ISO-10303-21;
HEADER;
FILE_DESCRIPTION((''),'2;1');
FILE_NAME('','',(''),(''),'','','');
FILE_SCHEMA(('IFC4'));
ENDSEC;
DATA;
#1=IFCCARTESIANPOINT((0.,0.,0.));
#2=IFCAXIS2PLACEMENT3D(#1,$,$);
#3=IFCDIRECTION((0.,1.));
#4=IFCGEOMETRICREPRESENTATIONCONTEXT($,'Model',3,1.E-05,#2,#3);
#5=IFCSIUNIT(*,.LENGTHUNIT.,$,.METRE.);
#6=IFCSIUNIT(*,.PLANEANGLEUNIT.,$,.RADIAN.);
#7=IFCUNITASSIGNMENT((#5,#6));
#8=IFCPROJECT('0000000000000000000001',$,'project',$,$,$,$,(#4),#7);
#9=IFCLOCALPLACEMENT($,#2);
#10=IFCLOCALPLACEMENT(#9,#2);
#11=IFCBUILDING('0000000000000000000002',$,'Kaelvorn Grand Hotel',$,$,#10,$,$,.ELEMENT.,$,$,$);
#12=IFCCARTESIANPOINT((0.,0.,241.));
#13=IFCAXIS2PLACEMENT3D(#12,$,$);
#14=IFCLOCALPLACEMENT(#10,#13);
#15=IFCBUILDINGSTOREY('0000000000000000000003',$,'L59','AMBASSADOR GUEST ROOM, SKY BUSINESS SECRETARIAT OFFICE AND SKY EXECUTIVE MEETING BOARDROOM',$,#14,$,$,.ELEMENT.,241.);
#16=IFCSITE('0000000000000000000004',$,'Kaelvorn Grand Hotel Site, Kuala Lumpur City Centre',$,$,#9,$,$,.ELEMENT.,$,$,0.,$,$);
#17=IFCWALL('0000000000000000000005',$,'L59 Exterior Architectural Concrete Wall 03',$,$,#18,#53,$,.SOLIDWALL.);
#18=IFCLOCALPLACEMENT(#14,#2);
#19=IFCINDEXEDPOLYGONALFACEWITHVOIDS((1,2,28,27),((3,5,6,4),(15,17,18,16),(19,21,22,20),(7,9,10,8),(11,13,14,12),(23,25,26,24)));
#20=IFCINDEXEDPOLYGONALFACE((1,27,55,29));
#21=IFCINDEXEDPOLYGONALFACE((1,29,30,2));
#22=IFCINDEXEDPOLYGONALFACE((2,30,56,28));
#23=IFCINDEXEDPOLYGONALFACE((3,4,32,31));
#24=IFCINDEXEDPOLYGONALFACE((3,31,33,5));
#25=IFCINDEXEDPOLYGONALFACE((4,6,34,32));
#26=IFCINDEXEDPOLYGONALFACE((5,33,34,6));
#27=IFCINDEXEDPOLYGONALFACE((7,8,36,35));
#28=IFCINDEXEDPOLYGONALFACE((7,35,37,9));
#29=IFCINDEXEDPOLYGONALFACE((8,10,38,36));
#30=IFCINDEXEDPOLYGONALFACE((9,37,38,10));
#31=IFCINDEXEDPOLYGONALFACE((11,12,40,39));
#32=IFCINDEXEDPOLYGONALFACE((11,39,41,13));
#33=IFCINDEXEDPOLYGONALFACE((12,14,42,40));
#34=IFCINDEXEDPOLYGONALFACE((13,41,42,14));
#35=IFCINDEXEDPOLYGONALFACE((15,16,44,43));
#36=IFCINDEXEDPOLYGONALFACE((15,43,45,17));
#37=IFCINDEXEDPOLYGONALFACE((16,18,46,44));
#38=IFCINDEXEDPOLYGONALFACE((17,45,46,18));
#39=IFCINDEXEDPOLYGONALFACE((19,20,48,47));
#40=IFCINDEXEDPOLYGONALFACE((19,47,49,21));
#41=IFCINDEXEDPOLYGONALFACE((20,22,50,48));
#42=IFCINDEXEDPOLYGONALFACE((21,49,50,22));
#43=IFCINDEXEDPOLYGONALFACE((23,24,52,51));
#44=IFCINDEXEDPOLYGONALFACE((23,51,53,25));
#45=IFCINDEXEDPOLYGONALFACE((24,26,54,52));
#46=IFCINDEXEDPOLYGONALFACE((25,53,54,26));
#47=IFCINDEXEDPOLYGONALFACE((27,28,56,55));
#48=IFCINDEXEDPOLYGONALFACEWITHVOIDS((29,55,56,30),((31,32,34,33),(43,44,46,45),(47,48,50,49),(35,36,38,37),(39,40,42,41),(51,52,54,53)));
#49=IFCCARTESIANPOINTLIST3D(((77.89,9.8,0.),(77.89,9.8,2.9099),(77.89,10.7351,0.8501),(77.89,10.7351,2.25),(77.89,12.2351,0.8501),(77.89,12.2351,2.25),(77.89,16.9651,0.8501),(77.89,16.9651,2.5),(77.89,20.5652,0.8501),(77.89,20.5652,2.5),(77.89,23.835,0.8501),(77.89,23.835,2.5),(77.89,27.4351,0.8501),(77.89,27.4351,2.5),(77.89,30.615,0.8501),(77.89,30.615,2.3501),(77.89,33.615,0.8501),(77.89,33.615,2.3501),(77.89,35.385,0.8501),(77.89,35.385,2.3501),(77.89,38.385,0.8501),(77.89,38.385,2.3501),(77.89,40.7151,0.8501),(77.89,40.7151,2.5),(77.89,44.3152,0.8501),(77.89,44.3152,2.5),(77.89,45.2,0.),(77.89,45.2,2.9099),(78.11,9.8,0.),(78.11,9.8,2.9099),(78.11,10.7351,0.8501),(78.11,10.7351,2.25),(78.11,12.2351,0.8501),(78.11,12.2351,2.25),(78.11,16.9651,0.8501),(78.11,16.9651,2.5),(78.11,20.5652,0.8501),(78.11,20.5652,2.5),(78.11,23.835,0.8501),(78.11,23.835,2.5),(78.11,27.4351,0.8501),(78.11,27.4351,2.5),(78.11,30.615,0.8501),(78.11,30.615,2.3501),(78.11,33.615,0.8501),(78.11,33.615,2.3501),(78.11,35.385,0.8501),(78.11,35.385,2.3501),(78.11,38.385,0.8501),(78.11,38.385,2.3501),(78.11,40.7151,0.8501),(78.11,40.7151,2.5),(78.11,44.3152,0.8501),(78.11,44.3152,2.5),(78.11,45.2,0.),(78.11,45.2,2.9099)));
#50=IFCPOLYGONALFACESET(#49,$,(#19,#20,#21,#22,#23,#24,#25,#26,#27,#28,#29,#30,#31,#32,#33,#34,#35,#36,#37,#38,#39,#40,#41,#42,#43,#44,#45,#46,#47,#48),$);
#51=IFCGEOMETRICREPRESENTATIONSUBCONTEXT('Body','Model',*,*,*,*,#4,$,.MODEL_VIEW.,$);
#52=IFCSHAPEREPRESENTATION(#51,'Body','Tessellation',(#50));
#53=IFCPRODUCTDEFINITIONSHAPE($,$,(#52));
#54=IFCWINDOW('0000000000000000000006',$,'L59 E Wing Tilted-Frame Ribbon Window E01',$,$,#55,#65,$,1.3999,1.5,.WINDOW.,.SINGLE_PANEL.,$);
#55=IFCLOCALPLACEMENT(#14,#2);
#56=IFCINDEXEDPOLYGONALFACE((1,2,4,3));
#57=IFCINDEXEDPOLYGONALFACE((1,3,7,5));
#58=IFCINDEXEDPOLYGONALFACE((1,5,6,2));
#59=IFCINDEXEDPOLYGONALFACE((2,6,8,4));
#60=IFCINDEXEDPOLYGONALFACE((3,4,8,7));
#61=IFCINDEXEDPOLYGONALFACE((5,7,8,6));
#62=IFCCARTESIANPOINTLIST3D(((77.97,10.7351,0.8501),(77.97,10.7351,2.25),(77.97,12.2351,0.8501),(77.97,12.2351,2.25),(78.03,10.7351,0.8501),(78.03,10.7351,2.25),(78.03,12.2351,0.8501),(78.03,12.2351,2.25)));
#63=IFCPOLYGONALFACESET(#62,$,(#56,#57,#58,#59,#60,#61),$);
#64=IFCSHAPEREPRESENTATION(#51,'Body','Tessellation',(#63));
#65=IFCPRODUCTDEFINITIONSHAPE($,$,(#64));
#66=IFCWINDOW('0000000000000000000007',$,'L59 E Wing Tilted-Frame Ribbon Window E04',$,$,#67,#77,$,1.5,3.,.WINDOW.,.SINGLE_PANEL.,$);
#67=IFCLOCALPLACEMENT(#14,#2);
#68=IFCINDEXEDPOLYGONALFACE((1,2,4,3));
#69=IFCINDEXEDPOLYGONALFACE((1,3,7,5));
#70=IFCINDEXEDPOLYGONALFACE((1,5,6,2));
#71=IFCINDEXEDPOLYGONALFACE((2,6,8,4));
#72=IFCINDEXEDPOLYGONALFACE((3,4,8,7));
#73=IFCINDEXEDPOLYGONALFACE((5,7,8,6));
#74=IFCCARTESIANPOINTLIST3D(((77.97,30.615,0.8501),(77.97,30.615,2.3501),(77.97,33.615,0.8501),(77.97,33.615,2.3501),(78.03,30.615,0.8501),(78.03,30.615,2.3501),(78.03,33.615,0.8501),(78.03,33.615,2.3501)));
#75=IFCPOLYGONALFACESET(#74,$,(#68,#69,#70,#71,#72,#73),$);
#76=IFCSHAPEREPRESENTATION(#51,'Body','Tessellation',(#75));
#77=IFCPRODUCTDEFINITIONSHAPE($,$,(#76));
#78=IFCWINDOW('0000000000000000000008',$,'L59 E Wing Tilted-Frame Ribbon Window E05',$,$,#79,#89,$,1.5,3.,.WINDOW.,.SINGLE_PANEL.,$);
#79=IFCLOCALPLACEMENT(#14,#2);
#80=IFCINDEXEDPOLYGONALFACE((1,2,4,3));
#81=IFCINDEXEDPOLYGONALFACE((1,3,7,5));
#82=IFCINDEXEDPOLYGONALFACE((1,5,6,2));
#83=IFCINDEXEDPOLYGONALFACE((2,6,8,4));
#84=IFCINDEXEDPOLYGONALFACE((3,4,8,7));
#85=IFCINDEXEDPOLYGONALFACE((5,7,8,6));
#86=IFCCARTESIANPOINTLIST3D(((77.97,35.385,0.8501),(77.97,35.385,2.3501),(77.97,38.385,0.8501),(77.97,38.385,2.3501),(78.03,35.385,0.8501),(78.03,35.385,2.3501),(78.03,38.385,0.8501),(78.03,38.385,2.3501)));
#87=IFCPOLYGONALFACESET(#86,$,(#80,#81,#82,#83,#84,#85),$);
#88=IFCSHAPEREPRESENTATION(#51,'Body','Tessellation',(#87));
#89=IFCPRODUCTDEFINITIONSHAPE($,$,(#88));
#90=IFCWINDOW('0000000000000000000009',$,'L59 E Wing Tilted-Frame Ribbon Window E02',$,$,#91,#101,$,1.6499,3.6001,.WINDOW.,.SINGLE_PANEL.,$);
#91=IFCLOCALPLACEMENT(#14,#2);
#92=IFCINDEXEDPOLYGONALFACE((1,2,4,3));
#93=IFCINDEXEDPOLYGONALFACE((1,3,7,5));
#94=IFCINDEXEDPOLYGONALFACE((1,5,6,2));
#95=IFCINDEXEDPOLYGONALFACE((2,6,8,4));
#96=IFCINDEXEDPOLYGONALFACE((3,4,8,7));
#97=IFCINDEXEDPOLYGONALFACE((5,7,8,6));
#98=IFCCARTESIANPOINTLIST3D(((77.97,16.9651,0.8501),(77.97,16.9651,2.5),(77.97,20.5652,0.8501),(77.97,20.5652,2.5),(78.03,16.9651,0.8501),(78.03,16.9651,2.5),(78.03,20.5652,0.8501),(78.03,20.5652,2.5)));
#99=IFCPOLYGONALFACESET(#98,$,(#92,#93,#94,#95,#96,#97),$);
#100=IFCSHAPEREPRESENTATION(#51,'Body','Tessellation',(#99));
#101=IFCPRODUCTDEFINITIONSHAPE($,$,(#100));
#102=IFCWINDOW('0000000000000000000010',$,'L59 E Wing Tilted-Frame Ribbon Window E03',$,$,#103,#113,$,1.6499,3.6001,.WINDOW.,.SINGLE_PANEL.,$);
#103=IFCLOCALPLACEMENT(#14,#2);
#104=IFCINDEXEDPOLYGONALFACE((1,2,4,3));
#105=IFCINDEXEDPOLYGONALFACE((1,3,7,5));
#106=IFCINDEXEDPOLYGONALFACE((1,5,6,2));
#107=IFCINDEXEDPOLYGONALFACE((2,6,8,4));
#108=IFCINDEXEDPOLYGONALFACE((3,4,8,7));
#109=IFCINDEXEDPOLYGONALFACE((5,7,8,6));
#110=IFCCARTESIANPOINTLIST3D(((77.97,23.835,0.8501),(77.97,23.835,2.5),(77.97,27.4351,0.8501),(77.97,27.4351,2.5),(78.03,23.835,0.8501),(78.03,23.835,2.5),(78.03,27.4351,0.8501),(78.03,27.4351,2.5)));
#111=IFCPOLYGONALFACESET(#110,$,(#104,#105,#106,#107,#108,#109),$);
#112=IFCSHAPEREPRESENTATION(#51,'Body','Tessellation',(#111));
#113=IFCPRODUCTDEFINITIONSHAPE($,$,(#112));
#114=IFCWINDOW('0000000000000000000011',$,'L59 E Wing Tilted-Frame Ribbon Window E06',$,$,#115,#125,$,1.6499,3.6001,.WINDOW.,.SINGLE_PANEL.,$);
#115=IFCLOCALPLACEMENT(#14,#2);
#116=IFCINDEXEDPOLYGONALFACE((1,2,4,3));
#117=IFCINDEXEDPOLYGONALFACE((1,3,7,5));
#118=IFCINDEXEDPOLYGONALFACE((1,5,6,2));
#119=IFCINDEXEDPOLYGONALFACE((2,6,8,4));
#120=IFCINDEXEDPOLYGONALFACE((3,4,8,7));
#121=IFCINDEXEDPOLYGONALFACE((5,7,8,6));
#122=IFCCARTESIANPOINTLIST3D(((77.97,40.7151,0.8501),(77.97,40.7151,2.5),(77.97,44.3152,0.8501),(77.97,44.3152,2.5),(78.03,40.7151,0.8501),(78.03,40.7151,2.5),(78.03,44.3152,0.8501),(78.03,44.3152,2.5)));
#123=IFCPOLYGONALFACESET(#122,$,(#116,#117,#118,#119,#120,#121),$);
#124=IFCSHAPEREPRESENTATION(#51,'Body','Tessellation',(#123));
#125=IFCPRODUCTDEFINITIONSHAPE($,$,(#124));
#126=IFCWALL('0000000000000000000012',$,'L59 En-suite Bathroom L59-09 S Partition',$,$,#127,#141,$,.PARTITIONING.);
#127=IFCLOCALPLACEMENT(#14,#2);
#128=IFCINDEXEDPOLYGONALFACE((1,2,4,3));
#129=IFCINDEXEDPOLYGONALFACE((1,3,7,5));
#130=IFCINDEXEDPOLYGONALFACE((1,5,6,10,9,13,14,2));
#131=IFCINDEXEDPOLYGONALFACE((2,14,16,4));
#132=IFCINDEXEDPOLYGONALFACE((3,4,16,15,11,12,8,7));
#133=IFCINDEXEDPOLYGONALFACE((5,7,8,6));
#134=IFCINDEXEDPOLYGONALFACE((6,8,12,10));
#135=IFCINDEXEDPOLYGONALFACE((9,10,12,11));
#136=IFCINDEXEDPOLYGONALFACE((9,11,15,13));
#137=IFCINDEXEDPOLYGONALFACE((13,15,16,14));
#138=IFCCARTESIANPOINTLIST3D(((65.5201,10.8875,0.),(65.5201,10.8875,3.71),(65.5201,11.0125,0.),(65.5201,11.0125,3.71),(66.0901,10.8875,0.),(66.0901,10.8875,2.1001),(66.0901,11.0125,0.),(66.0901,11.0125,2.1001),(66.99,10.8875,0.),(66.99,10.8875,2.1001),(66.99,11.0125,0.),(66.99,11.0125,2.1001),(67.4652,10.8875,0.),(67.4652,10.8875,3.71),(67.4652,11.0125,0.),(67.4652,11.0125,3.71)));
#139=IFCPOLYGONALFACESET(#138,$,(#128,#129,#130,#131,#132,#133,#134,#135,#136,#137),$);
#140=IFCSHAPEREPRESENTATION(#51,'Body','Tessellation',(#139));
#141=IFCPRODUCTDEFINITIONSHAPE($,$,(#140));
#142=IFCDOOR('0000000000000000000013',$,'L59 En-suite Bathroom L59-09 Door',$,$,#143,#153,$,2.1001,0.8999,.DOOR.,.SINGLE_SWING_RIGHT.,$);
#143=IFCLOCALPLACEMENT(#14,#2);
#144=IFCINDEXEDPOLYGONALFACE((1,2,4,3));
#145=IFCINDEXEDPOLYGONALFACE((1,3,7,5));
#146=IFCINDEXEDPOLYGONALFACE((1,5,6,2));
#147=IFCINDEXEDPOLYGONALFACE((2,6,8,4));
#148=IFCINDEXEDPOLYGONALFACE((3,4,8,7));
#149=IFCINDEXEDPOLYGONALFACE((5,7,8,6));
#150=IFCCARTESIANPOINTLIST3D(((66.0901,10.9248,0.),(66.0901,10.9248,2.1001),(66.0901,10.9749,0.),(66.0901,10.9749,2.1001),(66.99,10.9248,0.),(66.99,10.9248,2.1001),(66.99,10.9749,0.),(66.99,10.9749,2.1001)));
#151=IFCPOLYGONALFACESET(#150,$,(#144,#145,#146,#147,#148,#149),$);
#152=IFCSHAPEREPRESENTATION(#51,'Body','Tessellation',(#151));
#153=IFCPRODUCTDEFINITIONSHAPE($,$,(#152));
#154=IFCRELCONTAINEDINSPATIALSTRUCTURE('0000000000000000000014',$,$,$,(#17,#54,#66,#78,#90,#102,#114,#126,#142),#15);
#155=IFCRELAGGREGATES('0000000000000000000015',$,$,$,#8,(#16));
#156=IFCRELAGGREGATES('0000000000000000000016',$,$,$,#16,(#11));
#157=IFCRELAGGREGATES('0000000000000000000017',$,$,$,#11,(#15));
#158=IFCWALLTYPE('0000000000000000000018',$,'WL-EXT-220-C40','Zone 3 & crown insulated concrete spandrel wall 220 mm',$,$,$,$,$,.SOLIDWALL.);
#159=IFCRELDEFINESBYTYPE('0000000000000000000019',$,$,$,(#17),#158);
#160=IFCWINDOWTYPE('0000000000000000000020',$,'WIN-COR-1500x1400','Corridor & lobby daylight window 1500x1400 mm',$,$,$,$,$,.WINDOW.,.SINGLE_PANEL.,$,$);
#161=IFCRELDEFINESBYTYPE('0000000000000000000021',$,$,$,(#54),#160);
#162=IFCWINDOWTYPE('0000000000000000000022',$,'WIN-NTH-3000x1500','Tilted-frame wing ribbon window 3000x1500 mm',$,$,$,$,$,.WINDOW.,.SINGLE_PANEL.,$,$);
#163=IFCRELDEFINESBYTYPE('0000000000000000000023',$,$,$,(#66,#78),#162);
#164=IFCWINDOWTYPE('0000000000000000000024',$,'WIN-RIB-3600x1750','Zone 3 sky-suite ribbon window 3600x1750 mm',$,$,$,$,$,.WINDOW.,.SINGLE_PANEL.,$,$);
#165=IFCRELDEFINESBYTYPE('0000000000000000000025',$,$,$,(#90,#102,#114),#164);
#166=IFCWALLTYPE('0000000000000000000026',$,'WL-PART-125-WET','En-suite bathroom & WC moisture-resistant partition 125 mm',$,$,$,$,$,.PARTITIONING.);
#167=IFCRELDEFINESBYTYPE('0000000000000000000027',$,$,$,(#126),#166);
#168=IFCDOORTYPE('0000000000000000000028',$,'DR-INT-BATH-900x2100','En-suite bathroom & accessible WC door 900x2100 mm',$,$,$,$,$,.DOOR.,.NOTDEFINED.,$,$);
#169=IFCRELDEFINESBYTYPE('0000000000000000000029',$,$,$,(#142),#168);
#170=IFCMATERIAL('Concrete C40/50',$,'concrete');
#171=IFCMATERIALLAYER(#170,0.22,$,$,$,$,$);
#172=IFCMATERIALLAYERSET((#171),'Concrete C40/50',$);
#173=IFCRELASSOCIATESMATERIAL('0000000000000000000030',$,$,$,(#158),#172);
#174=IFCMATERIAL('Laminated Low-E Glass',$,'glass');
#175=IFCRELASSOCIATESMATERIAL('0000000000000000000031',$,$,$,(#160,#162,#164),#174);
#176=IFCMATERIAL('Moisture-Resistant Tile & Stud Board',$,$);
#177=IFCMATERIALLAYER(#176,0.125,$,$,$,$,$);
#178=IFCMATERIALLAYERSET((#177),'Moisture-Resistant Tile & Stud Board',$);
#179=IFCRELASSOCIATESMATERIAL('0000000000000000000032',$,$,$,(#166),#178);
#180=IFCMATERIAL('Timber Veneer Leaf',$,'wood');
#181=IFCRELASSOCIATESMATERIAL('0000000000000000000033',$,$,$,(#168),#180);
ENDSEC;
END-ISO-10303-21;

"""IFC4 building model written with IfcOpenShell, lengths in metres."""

from ifc_helpers import new_model, si_unit, direction, frame, frame_2d, origin, place, context, subcontext, project, spatial, rectangle, extrude, material, layer, layer_set, type_object, element, fill, save


model = new_model("IFC4")

# Units and contexts
model_context = context("Model", 3, precision=1e-05, world=origin(), true_north=direction((0.0, 1.0)))
body_context = subcontext(model_context, "Body", "Model", "MODEL_VIEW")
ifc_project = project(units=[si_unit("LENGTHUNIT", "METRE"), si_unit("PLANEANGLEUNIT", "RADIAN")], contexts=[model_context])

# Site, building, storey
site_placement = place(None, origin())
site = spatial("IfcSite", under=ifc_project, at=site_placement, Name="Kaelvorn Grand Hotel Site, Kuala Lumpur City Centre", CompositionType="ELEMENT", RefElevation=0.0)
building_placement = place(site_placement, origin())
building = spatial("IfcBuilding", under=site, at=building_placement, Name="Kaelvorn Grand Hotel", CompositionType="ELEMENT")
storey_placement = place(building_placement, frame((0.0, 0.0, 241.0)))
storey = spatial("IfcBuildingStorey", under=building, at=storey_placement, Name="L59", Description="AMBASSADOR GUEST ROOM, SKY BUSINESS SECRETARIAT OFFICE AND SKY EXECUTIVE MEETING BOARDROOM", CompositionType="ELEMENT", Elevation=241.0)

# Shared definitions
ifc_material_1 = material(Name="Concrete C40/50", Category="concrete")

# Shared definitions
ifc_layer_1 = layer(ifc_material_1, 0.22)
ifc_layer_set_1 = layer_set([ifc_layer_1], Name="Concrete C40/50")
wall_type_1 = type_object("IfcWallType", Name="WL-EXT-220-C40", Description="Zone 3 & crown insulated concrete spandrel wall 220 mm", PredefinedType="SOLIDWALL", material=ifc_layer_set_1)
ifc_material_2 = material(Name="Laminated Low-E Glass", Category="glass")

# Wall, openings, windows
wall_1_placement = place(storey_placement, frame((78.0, 9.8, 0.0), z_axis=(0.0, 0.0, 1.0), x_axis=(0.0, 1.0, 0.0)))
wall_1 = element("IfcWall", 1, at=wall_1_placement, inside=storey, type_object=wall_type_1, Name="L59 Exterior Architectural Concrete Wall 03", PredefinedType="SOLIDWALL", context=body_context, shape_type="SweptSolid", body=[
    extrude(rectangle(XDim=35.3999, YDim=0.22, at=frame_2d((17.7, 0.0))), origin(), (0.0, 0.0, 1.0), 2.9099),
])
opening_1_placement = place(wall_1_placement, frame((0.9351, 0.0, 0.8501)))
opening_1 = element("IfcOpeningElement", 2, at=opening_1_placement, cuts=wall_1, PredefinedType="OPENING", context=body_context, shape_type="SweptSolid", body=[
    extrude(rectangle(XDim=1.5, YDim=1.3999, at=frame_2d((0.75, 0.7))), frame((0.0, 0.1201, 0.0), z_axis=(0.0, -1.0, 0.0), x_axis=(1.0, 0.0, 0.0)), (0.0, 0.0, 1.0), 0.24),
])
opening_2_placement = place(wall_1_placement, frame((7.165, 0.0, 0.8501)))
opening_2 = element("IfcOpeningElement", 3, at=opening_2_placement, cuts=wall_1, PredefinedType="OPENING", context=body_context, shape_type="SweptSolid", body=[
    extrude(rectangle(XDim=3.6001, YDim=1.6499, at=frame_2d((1.8, 0.825))), frame((0.0, 0.1201, 0.0), z_axis=(0.0, -1.0, 0.0), x_axis=(1.0, 0.0, 0.0)), (0.0, 0.0, 1.0), 0.24),
])
opening_3_placement = place(wall_1_placement, frame((14.0349, 0.0, 0.8501)))
opening_3 = element("IfcOpeningElement", 4, at=opening_3_placement, cuts=wall_1, PredefinedType="OPENING", context=body_context, shape_type="SweptSolid", body=[
    extrude(rectangle(XDim=3.6001, YDim=1.6499, at=frame_2d((1.8, 0.825))), frame((0.0, 0.1201, 0.0), z_axis=(0.0, -1.0, 0.0), x_axis=(1.0, 0.0, 0.0)), (0.0, 0.0, 1.0), 0.24),
])
opening_4_placement = place(wall_1_placement, frame((20.8149, 0.0, 0.8501)))
opening_4 = element("IfcOpeningElement", 5, at=opening_4_placement, cuts=wall_1, PredefinedType="OPENING", context=body_context, shape_type="SweptSolid", body=[
    extrude(rectangle(XDim=3.0, YDim=1.5, at=frame_2d((1.5, 0.75))), frame((0.0, 0.1201, 0.0), z_axis=(0.0, -1.0, 0.0), x_axis=(1.0, 0.0, 0.0)), (0.0, 0.0, 1.0), 0.24),
])
opening_5_placement = place(wall_1_placement, frame((25.585, 0.0, 0.8501)))
opening_5 = element("IfcOpeningElement", 6, at=opening_5_placement, cuts=wall_1, PredefinedType="OPENING", context=body_context, shape_type="SweptSolid", body=[
    extrude(rectangle(XDim=3.0, YDim=1.5, at=frame_2d((1.5, 0.75))), frame((0.0, 0.1201, 0.0), z_axis=(0.0, -1.0, 0.0), x_axis=(1.0, 0.0, 0.0)), (0.0, 0.0, 1.0), 0.24),
])
opening_6_placement = place(wall_1_placement, frame((30.915, 0.0, 0.8501)))
opening_6 = element("IfcOpeningElement", 7, at=opening_6_placement, cuts=wall_1, PredefinedType="OPENING", context=body_context, shape_type="SweptSolid", body=[
    extrude(rectangle(XDim=3.6001, YDim=1.6499, at=frame_2d((1.8, 0.825))), frame((0.0, 0.1201, 0.0), z_axis=(0.0, -1.0, 0.0), x_axis=(1.0, 0.0, 0.0)), (0.0, 0.0, 1.0), 0.24),
])
window_type_1 = type_object("IfcWindowType", Name="WIN-COR-1500x1400", Description="Corridor & lobby daylight window 1500x1400 mm", PartitioningType="SINGLE_PANEL", PredefinedType="WINDOW", material=ifc_material_2)
window_1_placement = place(opening_1_placement, origin())
window_1 = element("IfcWindow", 8, at=window_1_placement, inside=storey, type_object=window_type_1, Name="L59 E Wing Tilted-Frame Ribbon Window E01", OverallHeight=1.3999, OverallWidth=1.5, PartitioningType="SINGLE_PANEL", PredefinedType="WINDOW", context=body_context, shape_type="SweptSolid", body=[
    extrude(rectangle(XDim=1.5, YDim=1.3999, at=frame_2d((0.75, 0.7))), frame((0.0, 0.03, 0.0), z_axis=(0.0, -1.0, 0.0), x_axis=(1.0, 0.0, 0.0)), (0.0, 0.0, 1.0), 0.0601),
])
fill(opening_1, window_1)
window_type_2 = type_object("IfcWindowType", Name="WIN-NTH-3000x1500", Description="Tilted-frame wing ribbon window 3000x1500 mm", PartitioningType="SINGLE_PANEL", PredefinedType="WINDOW", material=ifc_material_2)
window_2_placement = place(opening_4_placement, origin())
window_2 = element("IfcWindow", 9, at=window_2_placement, inside=storey, type_object=window_type_2, Name="L59 E Wing Tilted-Frame Ribbon Window E04", OverallHeight=1.5, OverallWidth=3.0, PartitioningType="SINGLE_PANEL", PredefinedType="WINDOW", context=body_context, shape_type="SweptSolid", body=[
    extrude(rectangle(XDim=3.0, YDim=1.5, at=frame_2d((1.5, 0.75))), frame((0.0, 0.03, 0.0), z_axis=(0.0, -1.0, 0.0), x_axis=(1.0, 0.0, 0.0)), (0.0, 0.0, 1.0), 0.0601),
])
fill(opening_4, window_2)
window_3_placement = place(opening_5_placement, origin())
window_3 = element("IfcWindow", 10, at=window_3_placement, inside=storey, type_object=window_type_2, Name="L59 E Wing Tilted-Frame Ribbon Window E05", OverallHeight=1.5, OverallWidth=3.0, PartitioningType="SINGLE_PANEL", PredefinedType="WINDOW", context=body_context, shape_type="SweptSolid", body=[
    extrude(rectangle(XDim=3.0, YDim=1.5, at=frame_2d((1.5, 0.75))), frame((0.0, 0.03, 0.0), z_axis=(0.0, -1.0, 0.0), x_axis=(1.0, 0.0, 0.0)), (0.0, 0.0, 1.0), 0.0601),
])
fill(opening_5, window_3)
window_type_3 = type_object("IfcWindowType", Name="WIN-RIB-3600x1750", Description="Zone 3 sky-suite ribbon window 3600x1750 mm", PartitioningType="SINGLE_PANEL", PredefinedType="WINDOW", material=ifc_material_2)
window_4_placement = place(opening_2_placement, origin())
window_4 = element("IfcWindow", 11, at=window_4_placement, inside=storey, type_object=window_type_3, Name="L59 E Wing Tilted-Frame Ribbon Window E02", OverallHeight=1.6499, OverallWidth=3.6001, PartitioningType="SINGLE_PANEL", PredefinedType="WINDOW", context=body_context, shape_type="SweptSolid", body=[
    extrude(rectangle(XDim=3.6001, YDim=1.6499, at=frame_2d((1.8, 0.825))), frame((0.0, 0.03, 0.0), z_axis=(0.0, -1.0, 0.0), x_axis=(1.0, 0.0, 0.0)), (0.0, 0.0, 1.0), 0.0601),
])
fill(opening_2, window_4)
window_5_placement = place(opening_3_placement, origin())
window_5 = element("IfcWindow", 12, at=window_5_placement, inside=storey, type_object=window_type_3, Name="L59 E Wing Tilted-Frame Ribbon Window E03", OverallHeight=1.6499, OverallWidth=3.6001, PartitioningType="SINGLE_PANEL", PredefinedType="WINDOW", context=body_context, shape_type="SweptSolid", body=[
    extrude(rectangle(XDim=3.6001, YDim=1.6499, at=frame_2d((1.8, 0.825))), frame((0.0, 0.03, 0.0), z_axis=(0.0, -1.0, 0.0), x_axis=(1.0, 0.0, 0.0)), (0.0, 0.0, 1.0), 0.0601),
])
fill(opening_3, window_5)
window_6_placement = place(opening_6_placement, origin())
window_6 = element("IfcWindow", 13, at=window_6_placement, inside=storey, type_object=window_type_3, Name="L59 E Wing Tilted-Frame Ribbon Window E06", OverallHeight=1.6499, OverallWidth=3.6001, PartitioningType="SINGLE_PANEL", PredefinedType="WINDOW", context=body_context, shape_type="SweptSolid", body=[
    extrude(rectangle(XDim=3.6001, YDim=1.6499, at=frame_2d((1.8, 0.825))), frame((0.0, 0.03, 0.0), z_axis=(0.0, -1.0, 0.0), x_axis=(1.0, 0.0, 0.0)), (0.0, 0.0, 1.0), 0.0601),
])
fill(opening_6, window_6)

# Wall, opening, door
ifc_material_3 = material(Name="Moisture-Resistant Tile & Stud Board")
ifc_layer_2 = layer(ifc_material_3, 0.125)
ifc_layer_set_2 = layer_set([ifc_layer_2], Name="Moisture-Resistant Tile & Stud Board")
wall_type_2 = type_object("IfcWallType", Name="WL-PART-125-WET", Description="En-suite bathroom & WC moisture-resistant partition 125 mm", PredefinedType="PARTITIONING", material=ifc_layer_set_2)
wall_2_placement = place(storey_placement, frame((65.52, 10.95, 0.0), z_axis=(0.0, 0.0, 1.0), x_axis=(1.0, 0.0, 0.0)))
wall_2 = element("IfcWall", 14, at=wall_2_placement, inside=storey, type_object=wall_type_2, Name="L59 En-suite Bathroom L59-09 S Partition", PredefinedType="PARTITIONING", context=body_context, shape_type="SweptSolid", body=[
    extrude(rectangle(XDim=1.9451, YDim=0.125, at=frame_2d((0.9727, 0.0))), origin(), (0.0, 0.0, 1.0), 3.71),
])
opening_7_placement = place(wall_2_placement, frame((0.5701, 0.0, 0.0)))
opening_7 = element("IfcOpeningElement", 15, at=opening_7_placement, cuts=wall_2, PredefinedType="OPENING", context=body_context, shape_type="SweptSolid", body=[
    extrude(rectangle(XDim=0.8999, YDim=2.1001, at=frame_2d((0.45, 1.05))), frame((0.0, 0.0725, 0.0), z_axis=(0.0, -1.0, 0.0), x_axis=(1.0, 0.0, 0.0)), (0.0, 0.0, 1.0), 0.145),
])
ifc_material_4 = material(Name="Timber Veneer Leaf", Category="wood")
door_type = type_object("IfcDoorType", Name="DR-INT-BATH-900x2100", Description="En-suite bathroom & accessible WC door 900x2100 mm", OperationType="NOTDEFINED", PredefinedType="DOOR", material=ifc_material_4)
door_placement = place(opening_7_placement, origin())
door = element("IfcDoor", 16, at=door_placement, inside=storey, type_object=door_type, Name="L59 En-suite Bathroom L59-09 Door", OperationType="SINGLE_SWING_RIGHT", OverallHeight=2.1001, OverallWidth=0.8999, PredefinedType="DOOR", context=body_context, shape_type="SweptSolid", body=[
    extrude(rectangle(XDim=0.8999, YDim=2.1001, at=frame_2d((0.45, 1.05))), frame((0.0, 0.0249, 0.0), z_axis=(0.0, -1.0, 0.0), x_axis=(1.0, 0.0, 0.0)), (0.0, 0.0, 1.0), 0.05),
])
fill(opening_7, door)

save(model, "model.ifc")
